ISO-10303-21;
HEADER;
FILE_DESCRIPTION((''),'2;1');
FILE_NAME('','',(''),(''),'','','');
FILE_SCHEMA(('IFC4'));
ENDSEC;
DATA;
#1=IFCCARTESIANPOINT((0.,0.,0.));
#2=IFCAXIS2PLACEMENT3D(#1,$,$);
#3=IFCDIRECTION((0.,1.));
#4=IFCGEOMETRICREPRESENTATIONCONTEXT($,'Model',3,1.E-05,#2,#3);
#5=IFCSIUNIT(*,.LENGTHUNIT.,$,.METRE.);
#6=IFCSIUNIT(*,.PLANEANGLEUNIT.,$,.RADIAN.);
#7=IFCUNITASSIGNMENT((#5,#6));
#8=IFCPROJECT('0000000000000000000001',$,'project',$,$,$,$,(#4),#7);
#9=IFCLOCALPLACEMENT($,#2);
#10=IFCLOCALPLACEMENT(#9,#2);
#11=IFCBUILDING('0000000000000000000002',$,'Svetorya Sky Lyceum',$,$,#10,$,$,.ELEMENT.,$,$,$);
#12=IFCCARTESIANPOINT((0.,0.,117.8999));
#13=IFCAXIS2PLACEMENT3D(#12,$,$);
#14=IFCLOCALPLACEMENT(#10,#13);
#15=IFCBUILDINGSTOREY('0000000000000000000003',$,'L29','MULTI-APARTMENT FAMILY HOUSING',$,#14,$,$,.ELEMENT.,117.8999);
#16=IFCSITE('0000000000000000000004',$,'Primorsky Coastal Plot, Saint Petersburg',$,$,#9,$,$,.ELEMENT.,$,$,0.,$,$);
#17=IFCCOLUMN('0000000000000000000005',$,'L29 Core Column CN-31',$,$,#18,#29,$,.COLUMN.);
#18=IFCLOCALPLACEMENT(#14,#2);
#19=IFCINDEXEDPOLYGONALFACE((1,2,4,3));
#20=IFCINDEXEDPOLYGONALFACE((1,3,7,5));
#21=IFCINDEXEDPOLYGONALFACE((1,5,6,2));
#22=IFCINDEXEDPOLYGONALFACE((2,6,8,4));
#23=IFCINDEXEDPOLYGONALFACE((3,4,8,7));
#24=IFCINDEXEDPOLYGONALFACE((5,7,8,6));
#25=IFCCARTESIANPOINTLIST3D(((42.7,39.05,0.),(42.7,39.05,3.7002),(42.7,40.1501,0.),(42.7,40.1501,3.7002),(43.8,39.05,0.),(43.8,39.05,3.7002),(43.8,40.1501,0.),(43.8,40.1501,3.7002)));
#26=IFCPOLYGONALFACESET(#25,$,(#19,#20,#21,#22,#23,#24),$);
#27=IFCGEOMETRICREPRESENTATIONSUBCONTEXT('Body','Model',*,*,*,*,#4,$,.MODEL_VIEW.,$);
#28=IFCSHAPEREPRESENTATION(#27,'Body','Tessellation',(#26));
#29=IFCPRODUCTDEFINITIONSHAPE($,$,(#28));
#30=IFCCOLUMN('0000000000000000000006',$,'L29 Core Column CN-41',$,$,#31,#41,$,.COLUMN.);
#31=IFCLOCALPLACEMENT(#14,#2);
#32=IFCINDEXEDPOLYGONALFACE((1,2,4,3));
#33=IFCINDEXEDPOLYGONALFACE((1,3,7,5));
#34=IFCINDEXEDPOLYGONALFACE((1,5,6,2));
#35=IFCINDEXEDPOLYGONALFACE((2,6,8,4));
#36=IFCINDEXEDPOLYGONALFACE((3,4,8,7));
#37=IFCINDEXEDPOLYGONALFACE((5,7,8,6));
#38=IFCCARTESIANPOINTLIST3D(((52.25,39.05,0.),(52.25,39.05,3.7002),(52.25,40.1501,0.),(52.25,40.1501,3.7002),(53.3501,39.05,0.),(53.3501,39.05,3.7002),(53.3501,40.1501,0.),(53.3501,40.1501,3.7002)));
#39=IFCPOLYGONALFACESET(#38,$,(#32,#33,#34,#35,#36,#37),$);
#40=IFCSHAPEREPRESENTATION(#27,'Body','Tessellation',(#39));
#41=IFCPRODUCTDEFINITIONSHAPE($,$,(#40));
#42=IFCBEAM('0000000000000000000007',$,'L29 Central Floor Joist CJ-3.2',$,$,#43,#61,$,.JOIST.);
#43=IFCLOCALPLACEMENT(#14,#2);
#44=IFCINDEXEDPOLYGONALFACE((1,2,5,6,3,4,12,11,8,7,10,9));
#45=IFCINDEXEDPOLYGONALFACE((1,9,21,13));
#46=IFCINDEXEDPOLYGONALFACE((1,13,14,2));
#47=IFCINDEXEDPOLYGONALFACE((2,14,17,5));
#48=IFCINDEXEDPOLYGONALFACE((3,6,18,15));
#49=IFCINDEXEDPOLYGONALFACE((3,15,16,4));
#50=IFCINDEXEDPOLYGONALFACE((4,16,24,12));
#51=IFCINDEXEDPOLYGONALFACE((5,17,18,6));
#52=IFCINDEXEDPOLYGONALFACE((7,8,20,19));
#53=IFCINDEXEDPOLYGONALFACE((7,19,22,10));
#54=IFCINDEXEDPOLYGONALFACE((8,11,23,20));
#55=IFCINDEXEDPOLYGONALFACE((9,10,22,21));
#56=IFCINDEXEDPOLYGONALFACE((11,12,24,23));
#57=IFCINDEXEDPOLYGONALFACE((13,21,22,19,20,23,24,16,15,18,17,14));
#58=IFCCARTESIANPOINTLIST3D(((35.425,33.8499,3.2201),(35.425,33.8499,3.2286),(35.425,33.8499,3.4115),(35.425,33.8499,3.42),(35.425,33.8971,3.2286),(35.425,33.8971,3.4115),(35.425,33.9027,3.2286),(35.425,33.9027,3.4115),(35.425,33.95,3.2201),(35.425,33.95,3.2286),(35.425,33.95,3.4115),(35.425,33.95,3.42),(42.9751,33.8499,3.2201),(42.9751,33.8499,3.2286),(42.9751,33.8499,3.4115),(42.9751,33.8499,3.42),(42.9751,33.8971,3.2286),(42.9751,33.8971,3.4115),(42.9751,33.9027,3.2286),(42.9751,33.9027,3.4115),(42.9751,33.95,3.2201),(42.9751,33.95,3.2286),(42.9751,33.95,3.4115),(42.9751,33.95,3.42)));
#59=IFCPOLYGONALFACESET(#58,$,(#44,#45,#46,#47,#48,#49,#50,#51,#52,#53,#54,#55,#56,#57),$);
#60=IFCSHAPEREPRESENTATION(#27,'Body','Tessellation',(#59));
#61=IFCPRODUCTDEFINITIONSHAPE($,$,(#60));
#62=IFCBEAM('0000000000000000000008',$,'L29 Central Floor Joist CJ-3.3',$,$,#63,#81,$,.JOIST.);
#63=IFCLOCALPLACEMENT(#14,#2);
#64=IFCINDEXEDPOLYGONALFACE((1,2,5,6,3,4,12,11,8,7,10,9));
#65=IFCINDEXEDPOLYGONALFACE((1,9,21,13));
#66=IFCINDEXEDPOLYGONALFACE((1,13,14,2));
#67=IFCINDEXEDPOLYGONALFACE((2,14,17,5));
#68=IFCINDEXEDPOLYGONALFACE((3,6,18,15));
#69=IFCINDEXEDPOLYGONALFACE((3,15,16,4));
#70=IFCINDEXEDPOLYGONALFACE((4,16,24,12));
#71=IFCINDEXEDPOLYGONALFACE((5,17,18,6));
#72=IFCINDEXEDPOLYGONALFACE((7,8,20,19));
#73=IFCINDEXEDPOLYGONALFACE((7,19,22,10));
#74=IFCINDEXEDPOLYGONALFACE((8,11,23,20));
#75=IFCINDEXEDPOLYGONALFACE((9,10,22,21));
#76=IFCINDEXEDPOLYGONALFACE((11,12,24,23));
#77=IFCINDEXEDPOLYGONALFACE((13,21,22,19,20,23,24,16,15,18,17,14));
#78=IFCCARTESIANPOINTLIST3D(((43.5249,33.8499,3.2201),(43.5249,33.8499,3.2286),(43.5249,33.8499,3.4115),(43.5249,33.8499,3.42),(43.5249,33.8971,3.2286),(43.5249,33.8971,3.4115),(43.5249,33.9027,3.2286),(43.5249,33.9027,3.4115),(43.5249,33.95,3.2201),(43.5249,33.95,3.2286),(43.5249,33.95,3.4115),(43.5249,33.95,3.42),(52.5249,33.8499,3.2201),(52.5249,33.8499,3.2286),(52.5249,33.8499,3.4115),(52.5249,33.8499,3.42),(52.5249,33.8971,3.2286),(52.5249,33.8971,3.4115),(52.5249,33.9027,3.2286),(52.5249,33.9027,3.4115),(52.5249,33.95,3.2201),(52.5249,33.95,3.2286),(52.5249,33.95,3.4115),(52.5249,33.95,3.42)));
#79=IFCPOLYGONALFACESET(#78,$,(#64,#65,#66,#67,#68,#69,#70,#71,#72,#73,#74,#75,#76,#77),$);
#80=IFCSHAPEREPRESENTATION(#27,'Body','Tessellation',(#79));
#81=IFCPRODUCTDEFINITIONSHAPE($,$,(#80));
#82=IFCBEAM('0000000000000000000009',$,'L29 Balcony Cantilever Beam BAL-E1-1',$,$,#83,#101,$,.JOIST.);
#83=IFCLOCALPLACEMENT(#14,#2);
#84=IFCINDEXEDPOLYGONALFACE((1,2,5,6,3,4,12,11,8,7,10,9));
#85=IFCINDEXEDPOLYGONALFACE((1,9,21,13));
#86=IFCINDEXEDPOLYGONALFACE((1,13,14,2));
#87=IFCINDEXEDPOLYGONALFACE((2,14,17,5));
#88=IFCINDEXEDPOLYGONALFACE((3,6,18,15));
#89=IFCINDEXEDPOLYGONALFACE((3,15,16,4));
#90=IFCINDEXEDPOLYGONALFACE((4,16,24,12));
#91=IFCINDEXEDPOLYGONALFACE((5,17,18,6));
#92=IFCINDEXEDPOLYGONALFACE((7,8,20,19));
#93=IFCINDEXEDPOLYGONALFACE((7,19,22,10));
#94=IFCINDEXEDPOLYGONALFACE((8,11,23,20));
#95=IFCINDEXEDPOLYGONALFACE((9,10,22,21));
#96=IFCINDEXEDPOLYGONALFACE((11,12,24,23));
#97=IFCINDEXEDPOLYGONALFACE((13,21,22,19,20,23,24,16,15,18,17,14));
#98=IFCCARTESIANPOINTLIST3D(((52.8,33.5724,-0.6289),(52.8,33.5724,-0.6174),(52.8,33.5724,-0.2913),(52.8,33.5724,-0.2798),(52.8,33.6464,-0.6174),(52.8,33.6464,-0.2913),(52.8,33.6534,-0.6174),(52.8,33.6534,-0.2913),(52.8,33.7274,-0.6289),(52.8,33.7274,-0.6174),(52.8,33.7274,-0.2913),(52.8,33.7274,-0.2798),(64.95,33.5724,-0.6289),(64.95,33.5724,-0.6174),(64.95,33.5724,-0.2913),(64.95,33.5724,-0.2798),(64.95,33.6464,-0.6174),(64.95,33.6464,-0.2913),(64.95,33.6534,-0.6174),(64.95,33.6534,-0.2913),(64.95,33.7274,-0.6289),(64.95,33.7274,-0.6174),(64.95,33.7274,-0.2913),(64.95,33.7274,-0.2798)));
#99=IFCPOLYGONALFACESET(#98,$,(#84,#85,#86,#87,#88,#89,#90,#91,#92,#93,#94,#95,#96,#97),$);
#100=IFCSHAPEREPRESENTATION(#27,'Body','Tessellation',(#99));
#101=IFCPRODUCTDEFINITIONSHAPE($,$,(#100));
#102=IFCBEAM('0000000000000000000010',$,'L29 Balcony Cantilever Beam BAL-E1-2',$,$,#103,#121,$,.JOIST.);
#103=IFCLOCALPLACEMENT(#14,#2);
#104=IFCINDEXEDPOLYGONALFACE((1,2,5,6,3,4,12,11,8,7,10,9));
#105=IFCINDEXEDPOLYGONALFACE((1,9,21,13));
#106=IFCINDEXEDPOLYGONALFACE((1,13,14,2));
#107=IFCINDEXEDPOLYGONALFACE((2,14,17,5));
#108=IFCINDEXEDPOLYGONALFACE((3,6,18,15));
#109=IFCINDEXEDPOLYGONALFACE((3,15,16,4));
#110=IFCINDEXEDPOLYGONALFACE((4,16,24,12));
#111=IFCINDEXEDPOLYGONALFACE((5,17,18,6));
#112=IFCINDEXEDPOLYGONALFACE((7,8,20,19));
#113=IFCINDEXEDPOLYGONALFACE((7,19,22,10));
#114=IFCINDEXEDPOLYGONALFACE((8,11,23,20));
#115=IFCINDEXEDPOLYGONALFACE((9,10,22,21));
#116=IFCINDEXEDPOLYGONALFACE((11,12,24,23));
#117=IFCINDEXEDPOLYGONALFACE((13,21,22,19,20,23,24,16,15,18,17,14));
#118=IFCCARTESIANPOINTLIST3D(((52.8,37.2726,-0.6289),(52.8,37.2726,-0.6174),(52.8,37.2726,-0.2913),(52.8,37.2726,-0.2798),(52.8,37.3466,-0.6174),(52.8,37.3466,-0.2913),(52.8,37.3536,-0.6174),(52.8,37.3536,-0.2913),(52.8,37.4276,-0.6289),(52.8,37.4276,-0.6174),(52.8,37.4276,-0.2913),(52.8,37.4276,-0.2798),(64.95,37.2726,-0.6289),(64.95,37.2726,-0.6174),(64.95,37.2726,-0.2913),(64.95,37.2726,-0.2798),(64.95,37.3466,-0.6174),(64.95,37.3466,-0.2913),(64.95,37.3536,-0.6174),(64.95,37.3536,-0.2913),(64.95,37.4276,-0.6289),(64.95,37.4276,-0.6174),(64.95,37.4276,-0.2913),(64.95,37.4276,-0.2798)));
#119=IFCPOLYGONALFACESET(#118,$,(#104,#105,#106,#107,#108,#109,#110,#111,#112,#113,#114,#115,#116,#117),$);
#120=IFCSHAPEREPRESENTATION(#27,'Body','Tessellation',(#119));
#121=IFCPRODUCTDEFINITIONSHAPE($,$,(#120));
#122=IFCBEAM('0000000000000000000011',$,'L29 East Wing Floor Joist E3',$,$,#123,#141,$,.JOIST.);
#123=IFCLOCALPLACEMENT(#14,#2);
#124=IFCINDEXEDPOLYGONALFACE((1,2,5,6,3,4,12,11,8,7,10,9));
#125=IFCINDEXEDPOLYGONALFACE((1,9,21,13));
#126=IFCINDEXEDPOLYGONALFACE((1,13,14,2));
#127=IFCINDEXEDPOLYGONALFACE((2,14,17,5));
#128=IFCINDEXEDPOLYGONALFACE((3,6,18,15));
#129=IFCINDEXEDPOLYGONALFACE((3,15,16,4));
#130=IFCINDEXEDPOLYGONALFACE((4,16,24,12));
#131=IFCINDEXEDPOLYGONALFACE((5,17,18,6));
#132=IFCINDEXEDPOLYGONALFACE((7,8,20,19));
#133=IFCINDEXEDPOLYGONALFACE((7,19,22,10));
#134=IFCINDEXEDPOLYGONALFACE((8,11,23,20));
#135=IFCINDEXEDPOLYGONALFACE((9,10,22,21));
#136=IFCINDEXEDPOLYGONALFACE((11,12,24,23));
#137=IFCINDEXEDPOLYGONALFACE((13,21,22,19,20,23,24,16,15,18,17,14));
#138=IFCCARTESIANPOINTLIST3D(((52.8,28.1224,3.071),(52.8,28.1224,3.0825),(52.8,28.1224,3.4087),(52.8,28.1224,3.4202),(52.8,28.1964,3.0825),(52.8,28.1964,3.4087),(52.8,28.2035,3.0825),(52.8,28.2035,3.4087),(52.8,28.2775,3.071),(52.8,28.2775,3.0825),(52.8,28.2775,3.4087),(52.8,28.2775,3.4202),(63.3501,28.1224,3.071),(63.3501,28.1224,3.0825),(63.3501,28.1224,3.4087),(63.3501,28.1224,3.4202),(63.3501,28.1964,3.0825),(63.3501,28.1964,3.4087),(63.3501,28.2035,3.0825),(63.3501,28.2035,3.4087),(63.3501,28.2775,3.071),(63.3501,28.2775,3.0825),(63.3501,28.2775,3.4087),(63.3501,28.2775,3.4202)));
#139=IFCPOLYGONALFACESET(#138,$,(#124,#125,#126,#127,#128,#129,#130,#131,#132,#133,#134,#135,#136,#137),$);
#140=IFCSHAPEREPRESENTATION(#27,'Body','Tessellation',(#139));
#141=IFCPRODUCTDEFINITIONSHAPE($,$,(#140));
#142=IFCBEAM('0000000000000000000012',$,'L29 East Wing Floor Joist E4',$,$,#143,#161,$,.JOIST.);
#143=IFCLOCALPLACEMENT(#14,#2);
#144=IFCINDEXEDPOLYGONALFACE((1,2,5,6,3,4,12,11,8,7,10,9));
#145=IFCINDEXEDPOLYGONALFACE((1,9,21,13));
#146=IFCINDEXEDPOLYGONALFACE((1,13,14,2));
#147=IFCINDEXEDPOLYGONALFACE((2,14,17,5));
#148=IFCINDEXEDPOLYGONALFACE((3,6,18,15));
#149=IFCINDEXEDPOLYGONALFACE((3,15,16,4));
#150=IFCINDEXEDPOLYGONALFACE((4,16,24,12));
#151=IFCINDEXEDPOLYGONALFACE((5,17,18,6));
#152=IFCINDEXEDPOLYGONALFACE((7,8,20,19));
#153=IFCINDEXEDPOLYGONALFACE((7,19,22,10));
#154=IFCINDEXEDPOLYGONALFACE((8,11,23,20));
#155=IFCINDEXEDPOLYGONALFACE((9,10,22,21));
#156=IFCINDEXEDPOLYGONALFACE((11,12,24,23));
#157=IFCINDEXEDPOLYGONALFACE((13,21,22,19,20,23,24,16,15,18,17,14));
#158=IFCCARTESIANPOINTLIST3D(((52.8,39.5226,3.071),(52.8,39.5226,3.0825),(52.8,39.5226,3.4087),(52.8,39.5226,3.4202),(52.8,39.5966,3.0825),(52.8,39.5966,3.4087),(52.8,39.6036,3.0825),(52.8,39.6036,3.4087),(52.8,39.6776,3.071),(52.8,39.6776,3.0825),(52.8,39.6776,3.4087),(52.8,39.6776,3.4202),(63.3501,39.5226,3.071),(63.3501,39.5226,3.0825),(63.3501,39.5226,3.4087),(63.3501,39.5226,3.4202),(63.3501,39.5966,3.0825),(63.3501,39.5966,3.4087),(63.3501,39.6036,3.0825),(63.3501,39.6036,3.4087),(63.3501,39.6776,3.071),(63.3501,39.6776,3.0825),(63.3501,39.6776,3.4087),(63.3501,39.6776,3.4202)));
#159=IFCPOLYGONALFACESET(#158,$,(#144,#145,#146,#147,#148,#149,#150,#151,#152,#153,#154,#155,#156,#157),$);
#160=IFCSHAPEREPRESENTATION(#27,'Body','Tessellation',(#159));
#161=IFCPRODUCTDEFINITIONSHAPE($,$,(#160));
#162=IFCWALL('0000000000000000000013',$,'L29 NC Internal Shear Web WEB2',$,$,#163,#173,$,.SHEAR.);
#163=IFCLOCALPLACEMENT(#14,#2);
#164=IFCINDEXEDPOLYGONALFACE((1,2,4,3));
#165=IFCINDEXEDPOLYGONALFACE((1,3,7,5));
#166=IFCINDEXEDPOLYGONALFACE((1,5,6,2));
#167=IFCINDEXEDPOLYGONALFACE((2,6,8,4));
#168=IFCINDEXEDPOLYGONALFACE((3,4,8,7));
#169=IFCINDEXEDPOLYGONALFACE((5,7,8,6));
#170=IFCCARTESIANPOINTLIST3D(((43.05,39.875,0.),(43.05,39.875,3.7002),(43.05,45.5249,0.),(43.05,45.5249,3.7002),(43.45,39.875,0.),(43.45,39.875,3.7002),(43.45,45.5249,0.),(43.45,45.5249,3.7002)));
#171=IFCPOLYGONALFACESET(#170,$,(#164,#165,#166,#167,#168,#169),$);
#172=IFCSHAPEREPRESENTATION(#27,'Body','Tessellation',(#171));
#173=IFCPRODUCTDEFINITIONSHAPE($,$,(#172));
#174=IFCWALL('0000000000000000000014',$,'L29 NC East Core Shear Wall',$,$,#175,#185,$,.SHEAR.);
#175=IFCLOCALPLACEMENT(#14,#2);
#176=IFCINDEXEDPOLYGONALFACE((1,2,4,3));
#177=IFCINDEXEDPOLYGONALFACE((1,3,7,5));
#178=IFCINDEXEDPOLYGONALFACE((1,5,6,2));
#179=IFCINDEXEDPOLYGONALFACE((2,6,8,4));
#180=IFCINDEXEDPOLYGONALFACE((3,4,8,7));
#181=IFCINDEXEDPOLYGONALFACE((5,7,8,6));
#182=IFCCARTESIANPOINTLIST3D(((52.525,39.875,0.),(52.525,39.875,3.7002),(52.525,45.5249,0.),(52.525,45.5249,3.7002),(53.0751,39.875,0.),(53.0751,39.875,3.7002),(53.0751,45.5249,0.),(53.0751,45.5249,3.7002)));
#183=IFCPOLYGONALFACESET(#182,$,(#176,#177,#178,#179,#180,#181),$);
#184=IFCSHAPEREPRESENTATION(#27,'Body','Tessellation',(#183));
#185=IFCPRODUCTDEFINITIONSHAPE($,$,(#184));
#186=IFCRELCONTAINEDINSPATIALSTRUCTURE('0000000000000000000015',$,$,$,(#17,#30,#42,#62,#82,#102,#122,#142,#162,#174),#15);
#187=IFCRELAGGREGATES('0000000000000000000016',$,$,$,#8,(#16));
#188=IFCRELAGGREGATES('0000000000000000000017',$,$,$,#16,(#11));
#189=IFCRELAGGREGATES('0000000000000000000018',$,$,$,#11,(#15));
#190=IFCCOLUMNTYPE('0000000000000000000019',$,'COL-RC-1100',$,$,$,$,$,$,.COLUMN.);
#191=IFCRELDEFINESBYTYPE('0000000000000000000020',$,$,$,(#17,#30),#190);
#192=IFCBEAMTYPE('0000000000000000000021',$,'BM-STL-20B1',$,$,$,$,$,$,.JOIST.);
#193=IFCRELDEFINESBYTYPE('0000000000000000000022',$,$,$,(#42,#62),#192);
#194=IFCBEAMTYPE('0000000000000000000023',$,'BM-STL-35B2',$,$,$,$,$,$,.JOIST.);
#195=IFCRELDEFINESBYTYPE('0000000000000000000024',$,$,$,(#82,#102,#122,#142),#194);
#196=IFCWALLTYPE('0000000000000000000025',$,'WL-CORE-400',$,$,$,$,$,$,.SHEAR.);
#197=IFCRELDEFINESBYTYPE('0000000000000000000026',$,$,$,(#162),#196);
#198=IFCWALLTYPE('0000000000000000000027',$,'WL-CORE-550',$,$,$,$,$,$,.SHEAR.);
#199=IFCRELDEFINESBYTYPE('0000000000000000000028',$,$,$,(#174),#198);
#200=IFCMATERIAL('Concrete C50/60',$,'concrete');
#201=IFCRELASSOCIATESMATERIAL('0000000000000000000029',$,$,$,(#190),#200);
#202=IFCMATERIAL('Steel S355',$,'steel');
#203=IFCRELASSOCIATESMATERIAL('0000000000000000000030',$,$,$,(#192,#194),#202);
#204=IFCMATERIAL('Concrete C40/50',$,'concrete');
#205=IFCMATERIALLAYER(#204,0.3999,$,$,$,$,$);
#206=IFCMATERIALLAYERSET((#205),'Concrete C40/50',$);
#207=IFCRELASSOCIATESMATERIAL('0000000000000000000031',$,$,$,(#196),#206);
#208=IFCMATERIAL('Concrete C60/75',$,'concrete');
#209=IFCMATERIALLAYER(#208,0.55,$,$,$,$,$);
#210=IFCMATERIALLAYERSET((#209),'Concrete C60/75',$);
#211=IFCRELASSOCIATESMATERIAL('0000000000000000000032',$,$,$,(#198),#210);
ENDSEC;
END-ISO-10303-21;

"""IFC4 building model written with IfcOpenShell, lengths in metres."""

from ifc_helpers import new_model, si_unit, direction, frame, frame_2d, origin, origin_2d, place, context, subcontext, project, spatial, rectangle, i_section, extrude, material, layer, layer_set, material_profile, profile_set, type_object, element, save


model = new_model("IFC4")

# Units and contexts
model_context = context("Model", 3, precision=1e-05, world=origin(), true_north=direction((0.0, 1.0)))
body_context = subcontext(model_context, "Body", "Model", "MODEL_VIEW")
ifc_project = project(units=[si_unit("LENGTHUNIT", "METRE"), si_unit("PLANEANGLEUNIT", "RADIAN")], contexts=[model_context])

# Site, building, storey
site_placement = place(None, origin())
site = spatial("IfcSite", under=ifc_project, at=site_placement, Name="Primorsky Coastal Plot, Saint Petersburg", CompositionType="ELEMENT", RefElevation=0.0)
building_placement = place(site_placement, origin())
building = spatial("IfcBuilding", under=site, at=building_placement, Name="Svetorya Sky Lyceum", CompositionType="ELEMENT")
storey_placement = place(building_placement, frame((0.0, 0.0, 117.8999)))
storey = spatial("IfcBuildingStorey", under=building, at=storey_placement, Name="L29", Description="MULTI-APARTMENT FAMILY HOUSING", CompositionType="ELEMENT", Elevation=117.8999)

# Columns
ifc_material_1 = material(Name="Concrete C50/60", Category="concrete")
ifc_material_profile_1 = material_profile(ifc_material_1, rectangle(XDim=1.1001, YDim=1.1001, at=origin_2d()), Name="RC COL 1100x1100")
ifc_profile_set_1 = profile_set([ifc_material_profile_1], Name="Concrete C50/60")
column_type = type_object("IfcColumnType", Name="COL-RC-1100", PredefinedType="COLUMN", material=ifc_profile_set_1)
for number, where, z_axis, x_axis, name in (
    (1, (43.25, 39.6001, 0.0), (0.0, 0.0, 1.0), (1.0, 0.0, 0.0), "L29 Core Column CN-31"),
    (2, (52.8, 39.6001, 0.0), (0.0, 0.0, 1.0), (1.0, 0.0, 0.0), "L29 Core Column CN-41"),
):
    element("IfcColumn", number, at=place(storey_placement, frame(where, z_axis=z_axis, x_axis=x_axis)), inside=storey, type_object=column_type, Name=name, PredefinedType="COLUMN", context=body_context, shape_type="SweptSolid", body=[
        extrude(rectangle(XDim=1.1001, YDim=1.1001, at=origin_2d()), origin(), (0.0, 0.0, 1.0), 3.7002),
    ])

# Beams
ifc_material_2 = material(Name="Steel S355", Category="steel")
ifc_material_profile_2 = material_profile(ifc_material_2, i_section(OverallWidth=0.1001, OverallDepth=0.2, WebThickness=0.0056, FlangeThickness=0.0085, at=origin_2d()), Name="GOST 20B1")
ifc_profile_set_2 = profile_set([ifc_material_profile_2], Name="Steel S355")
beam_type_1 = type_object("IfcBeamType", Name="BM-STL-20B1", PredefinedType="JOIST", material=ifc_profile_set_2)
beam_1_placement = place(storey_placement, frame((35.425, 33.8999, 3.3201), z_axis=(1.0, 0.0, 0.0), x_axis=(0.0, 1.0, 0.0)))
element("IfcBeam", 3, at=beam_1_placement, inside=storey, type_object=beam_type_1, Name="L29 Central Floor Joist CJ-3.2", PredefinedType="JOIST", context=body_context, shape_type="SweptSolid", body=[
    extrude(i_section(OverallWidth=0.1001, OverallDepth=0.2, WebThickness=0.0056, FlangeThickness=0.0085, at=origin_2d()), origin(), (0.0, 0.0, 1.0), 7.55),
])
beam_2_placement = place(storey_placement, frame((43.5249, 33.8999, 3.3201), z_axis=(1.0, 0.0, 0.0), x_axis=(0.0, 1.0, 0.0)))
element("IfcBeam", 4, at=beam_2_placement, inside=storey, type_object=beam_type_1, Name="L29 Central Floor Joist CJ-3.3", PredefinedType="JOIST", context=body_context, shape_type="SweptSolid", body=[
    extrude(i_section(OverallWidth=0.1001, OverallDepth=0.2, WebThickness=0.0056, FlangeThickness=0.0085, at=origin_2d()), origin(), (0.0, 0.0, 1.0), 9.0),
])
ifc_material_profile_3 = material_profile(ifc_material_2, i_section(OverallWidth=0.155, OverallDepth=0.3491, WebThickness=0.0071, FlangeThickness=0.0115, at=origin_2d()), Name="GOST 35B2")
ifc_profile_set_3 = profile_set([ifc_material_profile_3], Name="Steel S355")
beam_type_2 = type_object("IfcBeamType", Name="BM-STL-35B2", PredefinedType="JOIST", material=ifc_profile_set_3)
for number, where, z_axis, x_axis, name in (
    (5, (52.8, 33.6499, -0.4543), (1.0, 0.0, 0.0), (0.0, 1.0, 0.0), "L29 Balcony Cantilever Beam BAL-E1-1"),
    (6, (52.8, 37.3501, -0.4543), (1.0, 0.0, 0.0), (0.0, 1.0, 0.0), "L29 Balcony Cantilever Beam BAL-E1-2"),
):
    element("IfcBeam", number, at=place(storey_placement, frame(where, z_axis=z_axis, x_axis=x_axis)), inside=storey, type_object=beam_type_2, Name=name, PredefinedType="JOIST", context=body_context, shape_type="SweptSolid", body=[
        extrude(i_section(OverallWidth=0.155, OverallDepth=0.3491, WebThickness=0.0071, FlangeThickness=0.0115, at=origin_2d()), origin(), (0.0, 0.0, 1.0), 12.1499),
    ])
for number, where, z_axis, x_axis, name in (
    (7, (52.8, 28.2, 3.2456), (1.0, 0.0, 0.0), (0.0, 1.0, 0.0), "L29 East Wing Floor Joist E3"),
    (8, (52.8, 39.6001, 3.2456), (1.0, 0.0, 0.0), (0.0, 1.0, 0.0), "L29 East Wing Floor Joist E4"),
):
    element("IfcBeam", number, at=place(storey_placement, frame(where, z_axis=z_axis, x_axis=x_axis)), inside=storey, type_object=beam_type_2, Name=name, PredefinedType="JOIST", context=body_context, shape_type="SweptSolid", body=[
        extrude(i_section(OverallWidth=0.155, OverallDepth=0.3491, WebThickness=0.0071, FlangeThickness=0.0115, at=origin_2d()), origin(), (0.0, 0.0, 1.0), 10.55),
    ])

# Walls
ifc_material_3 = material(Name="Concrete C40/50", Category="concrete")
ifc_layer_1 = layer(ifc_material_3, 0.3999)
ifc_layer_set_1 = layer_set([ifc_layer_1], Name="Concrete C40/50")
wall_type_1 = type_object("IfcWallType", Name="WL-CORE-400", PredefinedType="SHEAR", material=ifc_layer_set_1)
wall_1_placement = place(storey_placement, frame((43.25, 39.875, 0.0), z_axis=(0.0, 0.0, 1.0), x_axis=(0.0, 1.0, 0.0)))
element("IfcWall", 9, at=wall_1_placement, inside=storey, type_object=wall_type_1, Name="L29 NC Internal Shear Web WEB2", PredefinedType="SHEAR", context=body_context, shape_type="SweptSolid", body=[
    extrude(rectangle(XDim=5.6499, YDim=0.3999, at=frame_2d((2.825, 0.0))), origin(), (0.0, 0.0, 1.0), 3.7002),
])
ifc_material_4 = material(Name="Concrete C60/75", Category="concrete")
ifc_layer_2 = layer(ifc_material_4, 0.55)
ifc_layer_set_2 = layer_set([ifc_layer_2], Name="Concrete C60/75")
wall_type_2 = type_object("IfcWallType", Name="WL-CORE-550", PredefinedType="SHEAR", material=ifc_layer_set_2)
wall_2_placement = place(storey_placement, frame((52.8, 39.875, 0.0), z_axis=(0.0, 0.0, 1.0), x_axis=(0.0, 1.0, 0.0)))
element("IfcWall", 10, at=wall_2_placement, inside=storey, type_object=wall_type_2, Name="L29 NC East Core Shear Wall", PredefinedType="SHEAR", context=body_context, shape_type="SweptSolid", body=[
    extrude(rectangle(XDim=5.6499, YDim=0.55, at=frame_2d((2.825, 0.0))), origin(), (0.0, 0.0, 1.0), 3.7002),
])

save(model, "model.ifc")
